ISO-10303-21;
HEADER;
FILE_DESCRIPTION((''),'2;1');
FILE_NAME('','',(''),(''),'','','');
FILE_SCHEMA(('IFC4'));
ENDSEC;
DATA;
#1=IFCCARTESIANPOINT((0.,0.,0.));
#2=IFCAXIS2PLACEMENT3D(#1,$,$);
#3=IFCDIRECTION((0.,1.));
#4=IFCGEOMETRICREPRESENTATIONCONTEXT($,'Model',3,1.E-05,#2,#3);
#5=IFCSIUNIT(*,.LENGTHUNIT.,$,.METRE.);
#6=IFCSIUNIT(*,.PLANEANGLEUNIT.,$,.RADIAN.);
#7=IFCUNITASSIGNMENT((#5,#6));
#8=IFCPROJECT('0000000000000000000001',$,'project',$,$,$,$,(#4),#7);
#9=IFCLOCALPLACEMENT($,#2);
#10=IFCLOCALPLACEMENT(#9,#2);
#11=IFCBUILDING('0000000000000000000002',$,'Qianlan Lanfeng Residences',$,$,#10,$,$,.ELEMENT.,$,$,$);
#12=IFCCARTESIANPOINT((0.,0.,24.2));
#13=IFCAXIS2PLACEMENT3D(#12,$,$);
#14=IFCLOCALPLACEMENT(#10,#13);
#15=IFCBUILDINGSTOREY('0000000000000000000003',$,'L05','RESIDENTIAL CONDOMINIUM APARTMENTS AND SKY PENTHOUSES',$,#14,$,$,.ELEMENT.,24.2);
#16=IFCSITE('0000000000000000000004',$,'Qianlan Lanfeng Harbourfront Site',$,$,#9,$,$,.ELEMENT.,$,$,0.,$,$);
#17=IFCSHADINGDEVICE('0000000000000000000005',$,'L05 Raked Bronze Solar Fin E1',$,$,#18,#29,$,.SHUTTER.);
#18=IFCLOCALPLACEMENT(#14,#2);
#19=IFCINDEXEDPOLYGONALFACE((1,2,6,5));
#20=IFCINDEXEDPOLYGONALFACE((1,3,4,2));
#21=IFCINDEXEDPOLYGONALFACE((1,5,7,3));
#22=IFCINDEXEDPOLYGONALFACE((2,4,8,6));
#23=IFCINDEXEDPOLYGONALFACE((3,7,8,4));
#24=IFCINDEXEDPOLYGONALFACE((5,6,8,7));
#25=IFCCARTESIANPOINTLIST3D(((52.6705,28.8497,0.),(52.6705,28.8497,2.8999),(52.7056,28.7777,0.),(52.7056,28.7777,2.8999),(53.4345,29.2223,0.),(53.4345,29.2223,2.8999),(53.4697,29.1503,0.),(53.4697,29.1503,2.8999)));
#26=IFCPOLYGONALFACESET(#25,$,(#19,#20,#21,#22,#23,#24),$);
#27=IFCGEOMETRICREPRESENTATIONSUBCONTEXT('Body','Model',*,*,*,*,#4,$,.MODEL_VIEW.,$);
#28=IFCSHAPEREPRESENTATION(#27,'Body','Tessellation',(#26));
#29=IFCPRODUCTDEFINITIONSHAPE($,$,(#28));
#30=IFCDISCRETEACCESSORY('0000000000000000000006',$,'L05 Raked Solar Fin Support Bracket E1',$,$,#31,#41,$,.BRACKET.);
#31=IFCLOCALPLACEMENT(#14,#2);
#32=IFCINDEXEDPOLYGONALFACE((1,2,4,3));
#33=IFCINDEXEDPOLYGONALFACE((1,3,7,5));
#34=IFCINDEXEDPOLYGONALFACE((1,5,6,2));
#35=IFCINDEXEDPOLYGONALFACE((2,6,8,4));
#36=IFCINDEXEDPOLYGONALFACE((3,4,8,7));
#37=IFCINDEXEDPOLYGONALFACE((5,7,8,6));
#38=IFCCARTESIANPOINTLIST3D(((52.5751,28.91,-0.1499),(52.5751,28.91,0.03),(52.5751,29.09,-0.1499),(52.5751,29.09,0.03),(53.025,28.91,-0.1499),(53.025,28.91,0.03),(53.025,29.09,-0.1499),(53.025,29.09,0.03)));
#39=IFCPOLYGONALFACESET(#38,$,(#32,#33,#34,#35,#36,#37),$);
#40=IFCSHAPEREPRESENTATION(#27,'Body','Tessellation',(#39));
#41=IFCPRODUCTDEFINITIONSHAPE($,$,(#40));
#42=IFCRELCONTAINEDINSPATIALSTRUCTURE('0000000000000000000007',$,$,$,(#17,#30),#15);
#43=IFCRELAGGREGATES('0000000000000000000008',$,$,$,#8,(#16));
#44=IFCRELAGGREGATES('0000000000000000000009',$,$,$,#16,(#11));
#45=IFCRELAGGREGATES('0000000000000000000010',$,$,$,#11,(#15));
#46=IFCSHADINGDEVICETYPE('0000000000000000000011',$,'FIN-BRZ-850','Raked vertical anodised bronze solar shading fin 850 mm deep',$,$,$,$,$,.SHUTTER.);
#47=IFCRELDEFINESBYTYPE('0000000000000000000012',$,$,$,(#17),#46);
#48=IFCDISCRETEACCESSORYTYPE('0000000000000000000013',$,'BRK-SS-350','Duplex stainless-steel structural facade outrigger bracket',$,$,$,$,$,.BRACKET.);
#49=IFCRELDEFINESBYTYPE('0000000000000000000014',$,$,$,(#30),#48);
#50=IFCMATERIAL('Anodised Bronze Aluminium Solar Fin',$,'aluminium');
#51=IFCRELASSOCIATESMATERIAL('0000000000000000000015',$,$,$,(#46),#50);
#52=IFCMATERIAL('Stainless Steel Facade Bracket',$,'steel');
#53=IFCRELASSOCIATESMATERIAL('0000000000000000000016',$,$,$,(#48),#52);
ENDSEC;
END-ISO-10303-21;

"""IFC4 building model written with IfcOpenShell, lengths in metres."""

from ifc_helpers import new_model, si_unit, direction, frame, origin, origin_2d, place, context, subcontext, project, spatial, rectangle, extrude, source, transform, mapped, material, type_object, element, save


model = new_model("IFC4")

# Units and contexts
model_context = context("Model", 3, precision=1e-05, world=origin(), true_north=direction((0.0, 1.0)))
body_context = subcontext(model_context, "Body", "Model", "MODEL_VIEW")
ifc_project = project(units=[si_unit("LENGTHUNIT", "METRE"), si_unit("PLANEANGLEUNIT", "RADIAN")], contexts=[model_context])

# Site, building, storey
site_placement = place(None, origin())
site = spatial("IfcSite", under=ifc_project, at=site_placement, Name="Qianlan Lanfeng Harbourfront Site", CompositionType="ELEMENT", RefElevation=0.0)
building_placement = place(site_placement, origin())
building = spatial("IfcBuilding", under=site, at=building_placement, Name="Qianlan Lanfeng Residences", CompositionType="ELEMENT")
storey_placement = place(building_placement, frame((0.0, 0.0, 24.2)))
storey = spatial("IfcBuildingStorey", under=building, at=storey_placement, Name="L05", Description="RESIDENTIAL CONDOMINIUM APARTMENTS AND SKY PENTHOUSES", CompositionType="ELEMENT", Elevation=24.2)

# Shading device
ifc_material_1 = material(Name="Anodised Bronze Aluminium Solar Fin", Category="aluminium")
shading_device_type = type_object("IfcShadingDeviceType", Name="FIN-BRZ-850", Description="Raked vertical anodised bronze solar shading fin 850 mm deep", PredefinedType="SHUTTER", material=ifc_material_1)
shared_shape_1 = source(origin(), body_context, "Body", "SweptSolid", [
    extrude(rectangle(XDim=0.8501, YDim=0.0801, at=origin_2d()), origin(), (0.0, 0.0, 1.0), 2.8999),
])
shading_device_placement = place(storey_placement, frame((53.0701, 29.0, 0.0), z_axis=(0.0, 0.0, 1.0), x_axis=(0.898794, 0.438371, 0.0)))
element("IfcShadingDevice", 1, at=shading_device_placement, inside=storey, type_object=shading_device_type, Name="L05 Raked Bronze Solar Fin E1", PredefinedType="SHUTTER", context=body_context, shape_type="MappedRepresentation", body=[
    mapped(shared_shape_1, transform((0.0, 0.0, 0.0), scale=1.0)),
])

# Discrete accessory
ifc_material_2 = material(Name="Stainless Steel Facade Bracket", Category="steel")
discrete_accessory_type = type_object("IfcDiscreteAccessoryType", Name="BRK-SS-350", Description="Duplex stainless-steel structural facade outrigger bracket", PredefinedType="BRACKET", material=ifc_material_2)
shared_shape_2 = source(origin(), body_context, "Body", "SweptSolid", [
    extrude(rectangle(XDim=0.45, YDim=0.1799, at=origin_2d()), origin(), (0.0, 0.0, 1.0), 0.1799),
])
discrete_accessory_placement = place(storey_placement, frame((52.8, 29.0, -0.1499), z_axis=(0.0, 0.0, 1.0), x_axis=(1.0, 0.0, 0.0)))
element("IfcDiscreteAccessory", 2, at=discrete_accessory_placement, inside=storey, type_object=discrete_accessory_type, Name="L05 Raked Solar Fin Support Bracket E1", PredefinedType="BRACKET", context=body_context, shape_type="MappedRepresentation", body=[
    mapped(shared_shape_2, transform((0.0, 0.0, 0.0), scale=1.0)),
])

save(model, "model.ifc")
